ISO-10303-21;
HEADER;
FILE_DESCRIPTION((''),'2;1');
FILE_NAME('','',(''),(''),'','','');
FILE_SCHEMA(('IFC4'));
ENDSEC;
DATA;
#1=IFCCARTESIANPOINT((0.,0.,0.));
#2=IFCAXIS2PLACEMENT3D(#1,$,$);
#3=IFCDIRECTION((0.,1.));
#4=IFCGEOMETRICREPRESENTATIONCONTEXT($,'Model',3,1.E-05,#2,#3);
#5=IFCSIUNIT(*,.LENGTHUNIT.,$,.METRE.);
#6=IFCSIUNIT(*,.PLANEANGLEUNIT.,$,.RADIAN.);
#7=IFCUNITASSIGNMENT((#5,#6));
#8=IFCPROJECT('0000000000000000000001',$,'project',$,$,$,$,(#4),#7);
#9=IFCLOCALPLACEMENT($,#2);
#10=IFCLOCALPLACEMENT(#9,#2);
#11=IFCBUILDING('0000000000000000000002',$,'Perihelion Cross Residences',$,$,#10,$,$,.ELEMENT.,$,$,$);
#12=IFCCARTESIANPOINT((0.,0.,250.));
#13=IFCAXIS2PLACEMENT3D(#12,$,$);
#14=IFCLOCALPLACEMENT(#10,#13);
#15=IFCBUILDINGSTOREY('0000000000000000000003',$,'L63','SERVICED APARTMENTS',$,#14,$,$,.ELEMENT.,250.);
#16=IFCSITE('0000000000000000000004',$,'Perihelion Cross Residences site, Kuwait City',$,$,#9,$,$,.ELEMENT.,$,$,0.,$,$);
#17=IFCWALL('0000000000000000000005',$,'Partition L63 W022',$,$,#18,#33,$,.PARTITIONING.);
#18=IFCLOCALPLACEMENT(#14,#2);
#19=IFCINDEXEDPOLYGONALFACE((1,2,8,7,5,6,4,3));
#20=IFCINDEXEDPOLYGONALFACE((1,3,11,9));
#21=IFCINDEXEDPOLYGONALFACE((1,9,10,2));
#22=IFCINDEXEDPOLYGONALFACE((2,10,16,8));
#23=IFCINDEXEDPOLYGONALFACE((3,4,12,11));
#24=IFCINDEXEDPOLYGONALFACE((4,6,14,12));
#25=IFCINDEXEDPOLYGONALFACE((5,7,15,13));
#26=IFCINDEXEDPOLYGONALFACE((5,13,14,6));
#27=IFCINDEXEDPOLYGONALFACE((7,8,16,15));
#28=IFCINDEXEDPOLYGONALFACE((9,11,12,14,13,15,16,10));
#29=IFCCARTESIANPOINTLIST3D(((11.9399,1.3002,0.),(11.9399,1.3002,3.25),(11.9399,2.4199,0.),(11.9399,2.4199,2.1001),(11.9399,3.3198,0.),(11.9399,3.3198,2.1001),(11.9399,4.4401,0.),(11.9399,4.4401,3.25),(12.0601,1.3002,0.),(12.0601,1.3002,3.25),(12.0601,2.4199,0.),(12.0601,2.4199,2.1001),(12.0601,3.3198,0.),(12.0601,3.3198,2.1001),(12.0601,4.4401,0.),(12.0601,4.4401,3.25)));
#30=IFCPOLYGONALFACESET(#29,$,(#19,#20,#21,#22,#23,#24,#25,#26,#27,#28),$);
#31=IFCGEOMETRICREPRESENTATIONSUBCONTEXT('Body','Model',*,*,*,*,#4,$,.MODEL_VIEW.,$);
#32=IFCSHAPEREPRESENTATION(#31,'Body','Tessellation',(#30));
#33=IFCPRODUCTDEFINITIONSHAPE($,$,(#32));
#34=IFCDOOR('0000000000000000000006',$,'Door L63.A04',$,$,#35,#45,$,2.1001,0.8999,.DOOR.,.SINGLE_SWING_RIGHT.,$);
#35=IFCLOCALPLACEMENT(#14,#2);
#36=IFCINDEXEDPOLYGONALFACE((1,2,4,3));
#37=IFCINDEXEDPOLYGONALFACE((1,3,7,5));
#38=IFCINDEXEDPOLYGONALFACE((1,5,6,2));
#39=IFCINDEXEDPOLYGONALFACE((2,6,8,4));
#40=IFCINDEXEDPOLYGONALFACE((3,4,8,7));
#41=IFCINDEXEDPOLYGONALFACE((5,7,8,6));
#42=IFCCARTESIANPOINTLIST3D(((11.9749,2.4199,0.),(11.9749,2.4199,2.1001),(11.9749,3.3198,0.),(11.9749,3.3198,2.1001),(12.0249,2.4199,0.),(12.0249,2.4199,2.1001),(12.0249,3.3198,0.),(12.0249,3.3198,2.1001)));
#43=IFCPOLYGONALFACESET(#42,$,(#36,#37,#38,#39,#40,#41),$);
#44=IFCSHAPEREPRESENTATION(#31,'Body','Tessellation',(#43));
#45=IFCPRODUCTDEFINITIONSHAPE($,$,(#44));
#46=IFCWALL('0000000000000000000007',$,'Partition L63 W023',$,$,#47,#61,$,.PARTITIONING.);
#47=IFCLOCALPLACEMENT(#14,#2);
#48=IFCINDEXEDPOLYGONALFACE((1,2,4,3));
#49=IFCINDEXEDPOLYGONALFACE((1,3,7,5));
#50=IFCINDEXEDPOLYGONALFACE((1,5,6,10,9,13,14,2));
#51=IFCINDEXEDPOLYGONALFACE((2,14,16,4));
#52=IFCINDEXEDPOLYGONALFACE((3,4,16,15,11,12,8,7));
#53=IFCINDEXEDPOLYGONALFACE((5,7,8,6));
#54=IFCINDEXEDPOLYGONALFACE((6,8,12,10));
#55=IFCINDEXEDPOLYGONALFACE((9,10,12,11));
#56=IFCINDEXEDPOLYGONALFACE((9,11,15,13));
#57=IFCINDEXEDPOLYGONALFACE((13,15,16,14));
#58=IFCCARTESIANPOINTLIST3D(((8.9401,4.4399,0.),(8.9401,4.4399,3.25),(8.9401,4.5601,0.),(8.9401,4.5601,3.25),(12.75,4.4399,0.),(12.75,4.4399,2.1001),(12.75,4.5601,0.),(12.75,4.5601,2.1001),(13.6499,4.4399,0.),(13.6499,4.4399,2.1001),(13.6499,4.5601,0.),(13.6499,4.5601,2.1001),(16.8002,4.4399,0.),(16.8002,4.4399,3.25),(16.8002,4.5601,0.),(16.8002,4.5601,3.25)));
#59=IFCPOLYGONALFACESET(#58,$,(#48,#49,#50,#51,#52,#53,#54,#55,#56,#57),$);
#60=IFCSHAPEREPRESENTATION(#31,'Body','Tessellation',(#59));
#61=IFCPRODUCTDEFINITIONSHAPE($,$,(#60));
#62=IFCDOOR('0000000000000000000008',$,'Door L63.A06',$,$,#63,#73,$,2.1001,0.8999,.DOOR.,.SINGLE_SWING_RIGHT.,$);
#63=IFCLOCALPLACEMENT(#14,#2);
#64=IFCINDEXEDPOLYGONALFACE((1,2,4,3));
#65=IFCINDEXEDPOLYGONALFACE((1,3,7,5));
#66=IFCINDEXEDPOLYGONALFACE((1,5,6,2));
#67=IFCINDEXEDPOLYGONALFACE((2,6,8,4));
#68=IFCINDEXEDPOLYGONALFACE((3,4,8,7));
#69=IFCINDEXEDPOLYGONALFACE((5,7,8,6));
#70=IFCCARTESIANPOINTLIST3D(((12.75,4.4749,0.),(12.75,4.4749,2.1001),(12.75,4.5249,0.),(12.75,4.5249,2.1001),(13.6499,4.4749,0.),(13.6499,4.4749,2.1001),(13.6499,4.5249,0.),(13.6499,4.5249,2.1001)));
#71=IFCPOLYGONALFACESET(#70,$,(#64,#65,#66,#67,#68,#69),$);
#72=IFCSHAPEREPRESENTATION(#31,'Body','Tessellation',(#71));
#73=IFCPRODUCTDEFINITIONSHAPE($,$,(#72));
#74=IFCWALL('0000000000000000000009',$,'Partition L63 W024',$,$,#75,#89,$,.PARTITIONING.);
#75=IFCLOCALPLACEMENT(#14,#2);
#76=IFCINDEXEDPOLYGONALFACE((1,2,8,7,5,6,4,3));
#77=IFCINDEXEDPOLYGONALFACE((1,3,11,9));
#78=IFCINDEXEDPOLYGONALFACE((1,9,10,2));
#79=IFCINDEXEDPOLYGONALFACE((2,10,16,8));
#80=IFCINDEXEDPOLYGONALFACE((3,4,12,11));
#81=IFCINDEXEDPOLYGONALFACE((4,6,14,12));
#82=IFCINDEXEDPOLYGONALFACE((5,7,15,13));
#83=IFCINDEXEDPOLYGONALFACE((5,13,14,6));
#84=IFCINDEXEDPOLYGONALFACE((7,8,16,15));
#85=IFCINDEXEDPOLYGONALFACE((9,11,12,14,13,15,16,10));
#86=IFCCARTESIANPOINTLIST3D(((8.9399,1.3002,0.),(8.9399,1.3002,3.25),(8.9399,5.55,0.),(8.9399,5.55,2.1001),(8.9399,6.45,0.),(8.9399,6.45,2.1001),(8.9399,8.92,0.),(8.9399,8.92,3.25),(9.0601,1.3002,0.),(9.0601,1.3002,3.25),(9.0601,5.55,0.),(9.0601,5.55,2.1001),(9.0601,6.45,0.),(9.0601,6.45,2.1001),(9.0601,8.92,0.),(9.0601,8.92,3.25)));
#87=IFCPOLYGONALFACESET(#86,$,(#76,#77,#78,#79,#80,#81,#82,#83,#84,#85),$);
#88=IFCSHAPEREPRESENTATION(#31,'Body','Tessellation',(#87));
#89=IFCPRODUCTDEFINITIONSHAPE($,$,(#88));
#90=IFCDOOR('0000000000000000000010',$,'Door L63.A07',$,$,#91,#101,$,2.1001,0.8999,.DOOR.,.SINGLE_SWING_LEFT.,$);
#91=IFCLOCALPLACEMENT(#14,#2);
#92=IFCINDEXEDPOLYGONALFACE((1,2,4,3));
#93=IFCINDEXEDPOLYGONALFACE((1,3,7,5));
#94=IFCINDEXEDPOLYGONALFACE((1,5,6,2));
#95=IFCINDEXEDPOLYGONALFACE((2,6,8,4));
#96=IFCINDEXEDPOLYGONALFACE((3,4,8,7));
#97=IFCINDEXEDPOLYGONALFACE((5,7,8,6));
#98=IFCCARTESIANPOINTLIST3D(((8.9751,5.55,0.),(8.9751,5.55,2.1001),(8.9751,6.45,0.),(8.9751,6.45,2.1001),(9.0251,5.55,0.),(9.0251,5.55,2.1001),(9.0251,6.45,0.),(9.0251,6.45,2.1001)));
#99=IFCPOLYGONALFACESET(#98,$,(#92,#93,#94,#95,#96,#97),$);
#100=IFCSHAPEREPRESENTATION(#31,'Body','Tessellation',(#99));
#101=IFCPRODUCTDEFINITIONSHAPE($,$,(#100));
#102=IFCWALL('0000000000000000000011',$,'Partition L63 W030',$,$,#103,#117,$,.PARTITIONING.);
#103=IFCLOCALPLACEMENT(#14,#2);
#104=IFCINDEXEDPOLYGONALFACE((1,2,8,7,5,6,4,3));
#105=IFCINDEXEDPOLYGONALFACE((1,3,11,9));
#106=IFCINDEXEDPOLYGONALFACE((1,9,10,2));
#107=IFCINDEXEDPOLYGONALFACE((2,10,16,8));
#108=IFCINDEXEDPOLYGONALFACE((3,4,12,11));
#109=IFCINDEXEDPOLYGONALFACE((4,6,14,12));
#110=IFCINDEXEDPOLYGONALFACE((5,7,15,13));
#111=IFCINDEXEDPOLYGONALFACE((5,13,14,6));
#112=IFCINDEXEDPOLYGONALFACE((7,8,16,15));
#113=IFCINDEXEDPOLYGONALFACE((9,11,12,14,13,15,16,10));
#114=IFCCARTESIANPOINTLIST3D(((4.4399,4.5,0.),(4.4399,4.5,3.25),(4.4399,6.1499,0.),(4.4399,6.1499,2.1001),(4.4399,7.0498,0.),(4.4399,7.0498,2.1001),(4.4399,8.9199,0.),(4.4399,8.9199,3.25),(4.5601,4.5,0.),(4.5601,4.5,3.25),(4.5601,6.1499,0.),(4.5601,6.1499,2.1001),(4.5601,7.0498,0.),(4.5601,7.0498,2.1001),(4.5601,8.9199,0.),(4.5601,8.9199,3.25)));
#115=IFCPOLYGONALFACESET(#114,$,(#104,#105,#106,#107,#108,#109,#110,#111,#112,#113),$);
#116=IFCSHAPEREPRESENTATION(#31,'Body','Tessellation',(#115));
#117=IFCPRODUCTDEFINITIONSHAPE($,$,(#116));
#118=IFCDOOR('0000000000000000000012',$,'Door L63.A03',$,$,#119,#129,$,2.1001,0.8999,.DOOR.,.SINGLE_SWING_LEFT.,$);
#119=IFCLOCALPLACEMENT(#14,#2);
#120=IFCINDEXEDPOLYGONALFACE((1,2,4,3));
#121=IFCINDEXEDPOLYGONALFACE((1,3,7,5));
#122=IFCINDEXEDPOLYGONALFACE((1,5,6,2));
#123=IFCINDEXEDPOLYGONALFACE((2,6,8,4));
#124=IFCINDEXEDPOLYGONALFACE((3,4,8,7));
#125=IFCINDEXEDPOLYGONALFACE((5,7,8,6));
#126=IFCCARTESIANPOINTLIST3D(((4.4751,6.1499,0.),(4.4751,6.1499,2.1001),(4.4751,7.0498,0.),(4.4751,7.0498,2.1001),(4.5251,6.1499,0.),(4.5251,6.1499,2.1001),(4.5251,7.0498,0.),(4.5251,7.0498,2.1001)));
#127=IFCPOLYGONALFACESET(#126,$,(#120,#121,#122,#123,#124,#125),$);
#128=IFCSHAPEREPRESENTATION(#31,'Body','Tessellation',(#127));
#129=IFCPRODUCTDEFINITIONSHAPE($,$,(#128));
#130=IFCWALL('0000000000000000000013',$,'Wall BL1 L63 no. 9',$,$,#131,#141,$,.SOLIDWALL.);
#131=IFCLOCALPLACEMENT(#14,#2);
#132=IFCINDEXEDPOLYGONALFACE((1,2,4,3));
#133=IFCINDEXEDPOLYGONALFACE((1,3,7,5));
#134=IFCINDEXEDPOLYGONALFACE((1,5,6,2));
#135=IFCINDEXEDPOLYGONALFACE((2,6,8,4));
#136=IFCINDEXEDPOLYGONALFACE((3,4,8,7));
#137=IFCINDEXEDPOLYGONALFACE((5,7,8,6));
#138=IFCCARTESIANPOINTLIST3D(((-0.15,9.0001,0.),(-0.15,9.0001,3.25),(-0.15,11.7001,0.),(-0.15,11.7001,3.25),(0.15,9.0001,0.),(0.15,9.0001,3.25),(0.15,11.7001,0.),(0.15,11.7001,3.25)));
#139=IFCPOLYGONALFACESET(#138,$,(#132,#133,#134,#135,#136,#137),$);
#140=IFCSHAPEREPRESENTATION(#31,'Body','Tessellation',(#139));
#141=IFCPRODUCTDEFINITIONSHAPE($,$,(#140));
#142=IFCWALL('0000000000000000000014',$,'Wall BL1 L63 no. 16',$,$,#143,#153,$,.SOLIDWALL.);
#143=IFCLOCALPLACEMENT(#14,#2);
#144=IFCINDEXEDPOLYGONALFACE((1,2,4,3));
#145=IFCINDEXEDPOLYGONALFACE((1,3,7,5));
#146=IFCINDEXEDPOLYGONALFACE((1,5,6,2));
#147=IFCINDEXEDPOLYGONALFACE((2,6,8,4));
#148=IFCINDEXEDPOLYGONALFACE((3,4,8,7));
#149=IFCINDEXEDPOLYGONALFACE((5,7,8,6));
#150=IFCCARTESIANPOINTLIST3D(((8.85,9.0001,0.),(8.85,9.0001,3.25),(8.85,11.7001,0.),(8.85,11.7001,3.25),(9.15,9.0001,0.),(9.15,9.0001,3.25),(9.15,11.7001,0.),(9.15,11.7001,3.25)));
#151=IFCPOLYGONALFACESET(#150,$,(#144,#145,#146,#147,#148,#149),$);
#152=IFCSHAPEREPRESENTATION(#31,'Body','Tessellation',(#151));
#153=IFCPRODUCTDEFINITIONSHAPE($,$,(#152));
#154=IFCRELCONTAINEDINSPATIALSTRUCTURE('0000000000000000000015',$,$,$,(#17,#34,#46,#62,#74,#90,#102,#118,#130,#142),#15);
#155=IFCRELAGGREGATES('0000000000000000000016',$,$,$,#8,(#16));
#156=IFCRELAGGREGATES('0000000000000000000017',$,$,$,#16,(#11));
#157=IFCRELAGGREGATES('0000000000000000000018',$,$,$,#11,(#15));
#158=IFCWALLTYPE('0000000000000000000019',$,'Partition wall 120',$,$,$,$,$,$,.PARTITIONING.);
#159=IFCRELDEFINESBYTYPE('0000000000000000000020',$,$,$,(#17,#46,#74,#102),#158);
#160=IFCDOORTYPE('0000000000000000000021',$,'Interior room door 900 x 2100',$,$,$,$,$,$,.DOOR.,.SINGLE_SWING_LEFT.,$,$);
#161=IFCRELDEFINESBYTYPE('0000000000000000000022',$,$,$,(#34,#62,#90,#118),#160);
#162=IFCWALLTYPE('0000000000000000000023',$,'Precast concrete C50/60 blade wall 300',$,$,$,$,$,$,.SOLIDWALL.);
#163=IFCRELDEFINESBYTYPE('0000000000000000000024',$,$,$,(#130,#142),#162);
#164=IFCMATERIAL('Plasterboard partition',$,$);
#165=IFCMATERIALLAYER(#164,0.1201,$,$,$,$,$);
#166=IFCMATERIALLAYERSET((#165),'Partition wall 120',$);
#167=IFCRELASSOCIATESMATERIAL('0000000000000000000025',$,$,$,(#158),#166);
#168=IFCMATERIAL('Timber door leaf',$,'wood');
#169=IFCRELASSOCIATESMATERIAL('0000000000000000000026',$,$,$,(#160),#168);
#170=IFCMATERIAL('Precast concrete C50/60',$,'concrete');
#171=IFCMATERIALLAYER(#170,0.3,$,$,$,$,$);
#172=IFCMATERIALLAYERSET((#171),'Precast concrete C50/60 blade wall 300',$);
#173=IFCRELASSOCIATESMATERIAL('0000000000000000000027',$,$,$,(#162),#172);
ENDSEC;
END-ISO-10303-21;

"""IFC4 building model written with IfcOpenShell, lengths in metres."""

from ifc_helpers import new_model, si_unit, direction, frame, frame_2d, origin, place, context, subcontext, project, spatial, rectangle, extrude, material, layer, layer_set, type_object, element, fill, save


model = new_model("IFC4")

# Units and contexts
model_context = context("Model", 3, precision=1e-05, world=origin(), true_north=direction((0.0, 1.0)))
body_context = subcontext(model_context, "Body", "Model", "MODEL_VIEW")
ifc_project = project(units=[si_unit("LENGTHUNIT", "METRE"), si_unit("PLANEANGLEUNIT", "RADIAN")], contexts=[model_context])

# Site, building, storey
site_placement = place(None, origin())
site = spatial("IfcSite", under=ifc_project, at=site_placement, Name="Perihelion Cross Residences site, Kuwait City", CompositionType="ELEMENT", RefElevation=0.0)
building_placement = place(site_placement, origin())
building = spatial("IfcBuilding", under=site, at=building_placement, Name="Perihelion Cross Residences", CompositionType="ELEMENT")
storey_placement = place(building_placement, frame((0.0, 0.0, 250.0)))
storey = spatial("IfcBuildingStorey", under=building, at=storey_placement, Name="L63", Description="SERVICED APARTMENTS", CompositionType="ELEMENT", Elevation=250.0)

# Walls, openings, doors
ifc_material_1 = material(Name="Plasterboard partition")
ifc_layer_1 = layer(ifc_material_1, 0.1201)
ifc_layer_set_1 = layer_set([ifc_layer_1], Name="Partition wall 120")
wall_type_1 = type_object("IfcWallType", Name="Partition wall 120", PredefinedType="PARTITIONING", material=ifc_layer_set_1)
wall_1_placement = place(storey_placement, frame((12.0, 4.4399, 0.0), z_axis=(0.0, 0.0, 1.0), x_axis=(0.0, -1.0, 0.0)))
wall_1 = element("IfcWall", 1, at=wall_1_placement, inside=storey, type_object=wall_type_1, Name="Partition L63 W022", PredefinedType="PARTITIONING", context=body_context, shape_type="SweptSolid", body=[
    extrude(rectangle(XDim=3.1399, YDim=0.1201, at=frame_2d((1.5698, 0.0))), origin(), (0.0, 0.0, 1.0), 3.25),
])
opening_1_placement = place(wall_1_placement, frame((1.1201, 0.0, 0.0)))
opening_1 = element("IfcOpeningElement", 2, at=opening_1_placement, cuts=wall_1, PredefinedType="OPENING", context=body_context, shape_type="SweptSolid", body=[
    extrude(rectangle(XDim=0.8999, YDim=2.1001, at=frame_2d((0.45, 1.05))), frame((0.0, 0.0701, 0.0), z_axis=(0.0, -1.0, 0.0), x_axis=(1.0, 0.0, 0.0)), (0.0, 0.0, 1.0), 0.1401),
])
ifc_material_2 = material(Name="Timber door leaf", Category="wood")
door_type_1 = type_object("IfcDoorType", Name="Interior room door 900 x 2100", OperationType="SINGLE_SWING_LEFT", PredefinedType="DOOR", material=ifc_material_2)
door_1_placement = place(opening_1_placement, origin())
door_1 = element("IfcDoor", 3, at=door_1_placement, inside=storey, type_object=door_type_1, Name="Door L63.A04", OperationType="SINGLE_SWING_RIGHT", OverallHeight=2.1001, OverallWidth=0.8999, PredefinedType="DOOR", context=body_context, shape_type="SweptSolid", body=[
    extrude(rectangle(XDim=0.8999, YDim=2.1001, at=frame_2d((0.45, 1.05))), frame((0.0, 0.0249, 0.0), z_axis=(0.0, -1.0, 0.0), x_axis=(1.0, 0.0, 0.0)), (0.0, 0.0, 1.0), 0.05),
])
fill(opening_1, door_1)
wall_2_placement = place(storey_placement, frame((8.9399, 4.5, 0.0), z_axis=(0.0, 0.0, 1.0), x_axis=(1.0, 0.0, 0.0)))
wall_2 = element("IfcWall", 4, at=wall_2_placement, inside=storey, type_object=wall_type_1, Name="Partition L63 W023", PredefinedType="PARTITIONING", context=body_context, shape_type="SweptSolid", body=[
    extrude(rectangle(XDim=7.8601, YDim=0.1201, at=frame_2d((3.9302, 0.0))), origin(), (0.0, 0.0, 1.0), 3.25),
])
opening_2_placement = place(wall_2_placement, frame((3.8101, 0.0, 0.0)))
opening_2 = element("IfcOpeningElement", 5, at=opening_2_placement, cuts=wall_2, PredefinedType="OPENING", context=body_context, shape_type="SweptSolid", body=[
    extrude(rectangle(XDim=0.8999, YDim=2.1001, at=frame_2d((0.45, 1.05))), frame((0.0, 0.0701, 0.0), z_axis=(0.0, -1.0, 0.0), x_axis=(1.0, 0.0, 0.0)), (0.0, 0.0, 1.0), 0.1401),
])
door_2_placement = place(opening_2_placement, origin())
door_2 = element("IfcDoor", 6, at=door_2_placement, inside=storey, type_object=door_type_1, Name="Door L63.A06", OperationType="SINGLE_SWING_RIGHT", OverallHeight=2.1001, OverallWidth=0.8999, PredefinedType="DOOR", context=body_context, shape_type="SweptSolid", body=[
    extrude(rectangle(XDim=0.8999, YDim=2.1001, at=frame_2d((0.45, 1.05))), frame((0.0, 0.0249, 0.0), z_axis=(0.0, -1.0, 0.0), x_axis=(1.0, 0.0, 0.0)), (0.0, 0.0, 1.0), 0.05),
])
fill(opening_2, door_2)
wall_3_placement = place(storey_placement, frame((9.0, 1.3, 0.0), z_axis=(0.0, 0.0, 1.0), x_axis=(0.0, 1.0, 0.0)))
wall_3 = element("IfcWall", 7, at=wall_3_placement, inside=storey, type_object=wall_type_1, Name="Partition L63 W024", PredefinedType="PARTITIONING", context=body_context, shape_type="SweptSolid", body=[
    extrude(rectangle(XDim=7.6199, YDim=0.1201, at=frame_2d((3.8101, 0.0))), origin(), (0.0, 0.0, 1.0), 3.25),
])
opening_3_placement = place(wall_3_placement, frame((4.25, 0.0, 0.0)))
opening_3 = element("IfcOpeningElement", 8, at=opening_3_placement, cuts=wall_3, PredefinedType="OPENING", context=body_context, shape_type="SweptSolid", body=[
    extrude(rectangle(XDim=0.8999, YDim=2.1001, at=frame_2d((0.45, 1.05))), frame((0.0, 0.0701, 0.0), z_axis=(0.0, -1.0, 0.0), x_axis=(1.0, 0.0, 0.0)), (0.0, 0.0, 1.0), 0.1401),
])
door_3_placement = place(opening_3_placement, origin())
door_3 = element("IfcDoor", 9, at=door_3_placement, inside=storey, type_object=door_type_1, Name="Door L63.A07", OperationType="SINGLE_SWING_LEFT", OverallHeight=2.1001, OverallWidth=0.8999, PredefinedType="DOOR", context=body_context, shape_type="SweptSolid", body=[
    extrude(rectangle(XDim=0.8999, YDim=2.1001, at=frame_2d((0.45, 1.05))), frame((0.0, 0.0249, 0.0), z_axis=(0.0, -1.0, 0.0), x_axis=(1.0, 0.0, 0.0)), (0.0, 0.0, 1.0), 0.05),
])
fill(opening_3, door_3)
wall_4_placement = place(storey_placement, frame((4.5, 4.5, 0.0), z_axis=(0.0, 0.0, 1.0), x_axis=(0.0, 1.0, 0.0)))
wall_4 = element("IfcWall", 10, at=wall_4_placement, inside=storey, type_object=wall_type_1, Name="Partition L63 W030", PredefinedType="PARTITIONING", context=body_context, shape_type="SweptSolid", body=[
    extrude(rectangle(XDim=4.4199, YDim=0.1201, at=frame_2d((2.21, 0.0))), origin(), (0.0, 0.0, 1.0), 3.25),
])
opening_4_placement = place(wall_4_placement, frame((1.6499, 0.0, 0.0)))
opening_4 = element("IfcOpeningElement", 11, at=opening_4_placement, cuts=wall_4, PredefinedType="OPENING", context=body_context, shape_type="SweptSolid", body=[
    extrude(rectangle(XDim=0.8999, YDim=2.1001, at=frame_2d((0.45, 1.05))), frame((0.0, 0.0701, 0.0), z_axis=(0.0, -1.0, 0.0), x_axis=(1.0, 0.0, 0.0)), (0.0, 0.0, 1.0), 0.1401),
])
door_4_placement = place(opening_4_placement, origin())
door_4 = element("IfcDoor", 12, at=door_4_placement, inside=storey, type_object=door_type_1, Name="Door L63.A03", OperationType="SINGLE_SWING_LEFT", OverallHeight=2.1001, OverallWidth=0.8999, PredefinedType="DOOR", context=body_context, shape_type="SweptSolid", body=[
    extrude(rectangle(XDim=0.8999, YDim=2.1001, at=frame_2d((0.45, 1.05))), frame((0.0, 0.0249, 0.0), z_axis=(0.0, -1.0, 0.0), x_axis=(1.0, 0.0, 0.0)), (0.0, 0.0, 1.0), 0.05),
])
fill(opening_4, door_4)

# Walls
ifc_material_3 = material(Name="Precast concrete C50/60", Category="concrete")
ifc_layer_2 = layer(ifc_material_3, 0.3)
ifc_layer_set_2 = layer_set([ifc_layer_2], Name="Precast concrete C50/60 blade wall 300")
wall_type_2 = type_object("IfcWallType", Name="Precast concrete C50/60 blade wall 300", PredefinedType="SOLIDWALL", material=ifc_layer_set_2)
for number, where, z_axis, x_axis, name in (
    (13, (0.0, 9.0, 0.0), (0.0, 0.0, 1.0), (0.0, 1.0, 0.0), "Wall BL1 L63 no. 9"),
    (14, (9.0, 9.0, 0.0), (0.0, 0.0, 1.0), (0.0, 1.0, 0.0), "Wall BL1 L63 no. 16"),
):
    element("IfcWall", number, at=place(storey_placement, frame(where, z_axis=z_axis, x_axis=x_axis)), inside=storey, type_object=wall_type_2, Name=name, PredefinedType="SOLIDWALL", context=body_context, shape_type="SweptSolid", body=[
        extrude(rectangle(XDim=2.7, YDim=0.3, at=frame_2d((1.3501, 0.0))), origin(), (0.0, 0.0, 1.0), 3.25),
    ])

save(model, "model.ifc")
